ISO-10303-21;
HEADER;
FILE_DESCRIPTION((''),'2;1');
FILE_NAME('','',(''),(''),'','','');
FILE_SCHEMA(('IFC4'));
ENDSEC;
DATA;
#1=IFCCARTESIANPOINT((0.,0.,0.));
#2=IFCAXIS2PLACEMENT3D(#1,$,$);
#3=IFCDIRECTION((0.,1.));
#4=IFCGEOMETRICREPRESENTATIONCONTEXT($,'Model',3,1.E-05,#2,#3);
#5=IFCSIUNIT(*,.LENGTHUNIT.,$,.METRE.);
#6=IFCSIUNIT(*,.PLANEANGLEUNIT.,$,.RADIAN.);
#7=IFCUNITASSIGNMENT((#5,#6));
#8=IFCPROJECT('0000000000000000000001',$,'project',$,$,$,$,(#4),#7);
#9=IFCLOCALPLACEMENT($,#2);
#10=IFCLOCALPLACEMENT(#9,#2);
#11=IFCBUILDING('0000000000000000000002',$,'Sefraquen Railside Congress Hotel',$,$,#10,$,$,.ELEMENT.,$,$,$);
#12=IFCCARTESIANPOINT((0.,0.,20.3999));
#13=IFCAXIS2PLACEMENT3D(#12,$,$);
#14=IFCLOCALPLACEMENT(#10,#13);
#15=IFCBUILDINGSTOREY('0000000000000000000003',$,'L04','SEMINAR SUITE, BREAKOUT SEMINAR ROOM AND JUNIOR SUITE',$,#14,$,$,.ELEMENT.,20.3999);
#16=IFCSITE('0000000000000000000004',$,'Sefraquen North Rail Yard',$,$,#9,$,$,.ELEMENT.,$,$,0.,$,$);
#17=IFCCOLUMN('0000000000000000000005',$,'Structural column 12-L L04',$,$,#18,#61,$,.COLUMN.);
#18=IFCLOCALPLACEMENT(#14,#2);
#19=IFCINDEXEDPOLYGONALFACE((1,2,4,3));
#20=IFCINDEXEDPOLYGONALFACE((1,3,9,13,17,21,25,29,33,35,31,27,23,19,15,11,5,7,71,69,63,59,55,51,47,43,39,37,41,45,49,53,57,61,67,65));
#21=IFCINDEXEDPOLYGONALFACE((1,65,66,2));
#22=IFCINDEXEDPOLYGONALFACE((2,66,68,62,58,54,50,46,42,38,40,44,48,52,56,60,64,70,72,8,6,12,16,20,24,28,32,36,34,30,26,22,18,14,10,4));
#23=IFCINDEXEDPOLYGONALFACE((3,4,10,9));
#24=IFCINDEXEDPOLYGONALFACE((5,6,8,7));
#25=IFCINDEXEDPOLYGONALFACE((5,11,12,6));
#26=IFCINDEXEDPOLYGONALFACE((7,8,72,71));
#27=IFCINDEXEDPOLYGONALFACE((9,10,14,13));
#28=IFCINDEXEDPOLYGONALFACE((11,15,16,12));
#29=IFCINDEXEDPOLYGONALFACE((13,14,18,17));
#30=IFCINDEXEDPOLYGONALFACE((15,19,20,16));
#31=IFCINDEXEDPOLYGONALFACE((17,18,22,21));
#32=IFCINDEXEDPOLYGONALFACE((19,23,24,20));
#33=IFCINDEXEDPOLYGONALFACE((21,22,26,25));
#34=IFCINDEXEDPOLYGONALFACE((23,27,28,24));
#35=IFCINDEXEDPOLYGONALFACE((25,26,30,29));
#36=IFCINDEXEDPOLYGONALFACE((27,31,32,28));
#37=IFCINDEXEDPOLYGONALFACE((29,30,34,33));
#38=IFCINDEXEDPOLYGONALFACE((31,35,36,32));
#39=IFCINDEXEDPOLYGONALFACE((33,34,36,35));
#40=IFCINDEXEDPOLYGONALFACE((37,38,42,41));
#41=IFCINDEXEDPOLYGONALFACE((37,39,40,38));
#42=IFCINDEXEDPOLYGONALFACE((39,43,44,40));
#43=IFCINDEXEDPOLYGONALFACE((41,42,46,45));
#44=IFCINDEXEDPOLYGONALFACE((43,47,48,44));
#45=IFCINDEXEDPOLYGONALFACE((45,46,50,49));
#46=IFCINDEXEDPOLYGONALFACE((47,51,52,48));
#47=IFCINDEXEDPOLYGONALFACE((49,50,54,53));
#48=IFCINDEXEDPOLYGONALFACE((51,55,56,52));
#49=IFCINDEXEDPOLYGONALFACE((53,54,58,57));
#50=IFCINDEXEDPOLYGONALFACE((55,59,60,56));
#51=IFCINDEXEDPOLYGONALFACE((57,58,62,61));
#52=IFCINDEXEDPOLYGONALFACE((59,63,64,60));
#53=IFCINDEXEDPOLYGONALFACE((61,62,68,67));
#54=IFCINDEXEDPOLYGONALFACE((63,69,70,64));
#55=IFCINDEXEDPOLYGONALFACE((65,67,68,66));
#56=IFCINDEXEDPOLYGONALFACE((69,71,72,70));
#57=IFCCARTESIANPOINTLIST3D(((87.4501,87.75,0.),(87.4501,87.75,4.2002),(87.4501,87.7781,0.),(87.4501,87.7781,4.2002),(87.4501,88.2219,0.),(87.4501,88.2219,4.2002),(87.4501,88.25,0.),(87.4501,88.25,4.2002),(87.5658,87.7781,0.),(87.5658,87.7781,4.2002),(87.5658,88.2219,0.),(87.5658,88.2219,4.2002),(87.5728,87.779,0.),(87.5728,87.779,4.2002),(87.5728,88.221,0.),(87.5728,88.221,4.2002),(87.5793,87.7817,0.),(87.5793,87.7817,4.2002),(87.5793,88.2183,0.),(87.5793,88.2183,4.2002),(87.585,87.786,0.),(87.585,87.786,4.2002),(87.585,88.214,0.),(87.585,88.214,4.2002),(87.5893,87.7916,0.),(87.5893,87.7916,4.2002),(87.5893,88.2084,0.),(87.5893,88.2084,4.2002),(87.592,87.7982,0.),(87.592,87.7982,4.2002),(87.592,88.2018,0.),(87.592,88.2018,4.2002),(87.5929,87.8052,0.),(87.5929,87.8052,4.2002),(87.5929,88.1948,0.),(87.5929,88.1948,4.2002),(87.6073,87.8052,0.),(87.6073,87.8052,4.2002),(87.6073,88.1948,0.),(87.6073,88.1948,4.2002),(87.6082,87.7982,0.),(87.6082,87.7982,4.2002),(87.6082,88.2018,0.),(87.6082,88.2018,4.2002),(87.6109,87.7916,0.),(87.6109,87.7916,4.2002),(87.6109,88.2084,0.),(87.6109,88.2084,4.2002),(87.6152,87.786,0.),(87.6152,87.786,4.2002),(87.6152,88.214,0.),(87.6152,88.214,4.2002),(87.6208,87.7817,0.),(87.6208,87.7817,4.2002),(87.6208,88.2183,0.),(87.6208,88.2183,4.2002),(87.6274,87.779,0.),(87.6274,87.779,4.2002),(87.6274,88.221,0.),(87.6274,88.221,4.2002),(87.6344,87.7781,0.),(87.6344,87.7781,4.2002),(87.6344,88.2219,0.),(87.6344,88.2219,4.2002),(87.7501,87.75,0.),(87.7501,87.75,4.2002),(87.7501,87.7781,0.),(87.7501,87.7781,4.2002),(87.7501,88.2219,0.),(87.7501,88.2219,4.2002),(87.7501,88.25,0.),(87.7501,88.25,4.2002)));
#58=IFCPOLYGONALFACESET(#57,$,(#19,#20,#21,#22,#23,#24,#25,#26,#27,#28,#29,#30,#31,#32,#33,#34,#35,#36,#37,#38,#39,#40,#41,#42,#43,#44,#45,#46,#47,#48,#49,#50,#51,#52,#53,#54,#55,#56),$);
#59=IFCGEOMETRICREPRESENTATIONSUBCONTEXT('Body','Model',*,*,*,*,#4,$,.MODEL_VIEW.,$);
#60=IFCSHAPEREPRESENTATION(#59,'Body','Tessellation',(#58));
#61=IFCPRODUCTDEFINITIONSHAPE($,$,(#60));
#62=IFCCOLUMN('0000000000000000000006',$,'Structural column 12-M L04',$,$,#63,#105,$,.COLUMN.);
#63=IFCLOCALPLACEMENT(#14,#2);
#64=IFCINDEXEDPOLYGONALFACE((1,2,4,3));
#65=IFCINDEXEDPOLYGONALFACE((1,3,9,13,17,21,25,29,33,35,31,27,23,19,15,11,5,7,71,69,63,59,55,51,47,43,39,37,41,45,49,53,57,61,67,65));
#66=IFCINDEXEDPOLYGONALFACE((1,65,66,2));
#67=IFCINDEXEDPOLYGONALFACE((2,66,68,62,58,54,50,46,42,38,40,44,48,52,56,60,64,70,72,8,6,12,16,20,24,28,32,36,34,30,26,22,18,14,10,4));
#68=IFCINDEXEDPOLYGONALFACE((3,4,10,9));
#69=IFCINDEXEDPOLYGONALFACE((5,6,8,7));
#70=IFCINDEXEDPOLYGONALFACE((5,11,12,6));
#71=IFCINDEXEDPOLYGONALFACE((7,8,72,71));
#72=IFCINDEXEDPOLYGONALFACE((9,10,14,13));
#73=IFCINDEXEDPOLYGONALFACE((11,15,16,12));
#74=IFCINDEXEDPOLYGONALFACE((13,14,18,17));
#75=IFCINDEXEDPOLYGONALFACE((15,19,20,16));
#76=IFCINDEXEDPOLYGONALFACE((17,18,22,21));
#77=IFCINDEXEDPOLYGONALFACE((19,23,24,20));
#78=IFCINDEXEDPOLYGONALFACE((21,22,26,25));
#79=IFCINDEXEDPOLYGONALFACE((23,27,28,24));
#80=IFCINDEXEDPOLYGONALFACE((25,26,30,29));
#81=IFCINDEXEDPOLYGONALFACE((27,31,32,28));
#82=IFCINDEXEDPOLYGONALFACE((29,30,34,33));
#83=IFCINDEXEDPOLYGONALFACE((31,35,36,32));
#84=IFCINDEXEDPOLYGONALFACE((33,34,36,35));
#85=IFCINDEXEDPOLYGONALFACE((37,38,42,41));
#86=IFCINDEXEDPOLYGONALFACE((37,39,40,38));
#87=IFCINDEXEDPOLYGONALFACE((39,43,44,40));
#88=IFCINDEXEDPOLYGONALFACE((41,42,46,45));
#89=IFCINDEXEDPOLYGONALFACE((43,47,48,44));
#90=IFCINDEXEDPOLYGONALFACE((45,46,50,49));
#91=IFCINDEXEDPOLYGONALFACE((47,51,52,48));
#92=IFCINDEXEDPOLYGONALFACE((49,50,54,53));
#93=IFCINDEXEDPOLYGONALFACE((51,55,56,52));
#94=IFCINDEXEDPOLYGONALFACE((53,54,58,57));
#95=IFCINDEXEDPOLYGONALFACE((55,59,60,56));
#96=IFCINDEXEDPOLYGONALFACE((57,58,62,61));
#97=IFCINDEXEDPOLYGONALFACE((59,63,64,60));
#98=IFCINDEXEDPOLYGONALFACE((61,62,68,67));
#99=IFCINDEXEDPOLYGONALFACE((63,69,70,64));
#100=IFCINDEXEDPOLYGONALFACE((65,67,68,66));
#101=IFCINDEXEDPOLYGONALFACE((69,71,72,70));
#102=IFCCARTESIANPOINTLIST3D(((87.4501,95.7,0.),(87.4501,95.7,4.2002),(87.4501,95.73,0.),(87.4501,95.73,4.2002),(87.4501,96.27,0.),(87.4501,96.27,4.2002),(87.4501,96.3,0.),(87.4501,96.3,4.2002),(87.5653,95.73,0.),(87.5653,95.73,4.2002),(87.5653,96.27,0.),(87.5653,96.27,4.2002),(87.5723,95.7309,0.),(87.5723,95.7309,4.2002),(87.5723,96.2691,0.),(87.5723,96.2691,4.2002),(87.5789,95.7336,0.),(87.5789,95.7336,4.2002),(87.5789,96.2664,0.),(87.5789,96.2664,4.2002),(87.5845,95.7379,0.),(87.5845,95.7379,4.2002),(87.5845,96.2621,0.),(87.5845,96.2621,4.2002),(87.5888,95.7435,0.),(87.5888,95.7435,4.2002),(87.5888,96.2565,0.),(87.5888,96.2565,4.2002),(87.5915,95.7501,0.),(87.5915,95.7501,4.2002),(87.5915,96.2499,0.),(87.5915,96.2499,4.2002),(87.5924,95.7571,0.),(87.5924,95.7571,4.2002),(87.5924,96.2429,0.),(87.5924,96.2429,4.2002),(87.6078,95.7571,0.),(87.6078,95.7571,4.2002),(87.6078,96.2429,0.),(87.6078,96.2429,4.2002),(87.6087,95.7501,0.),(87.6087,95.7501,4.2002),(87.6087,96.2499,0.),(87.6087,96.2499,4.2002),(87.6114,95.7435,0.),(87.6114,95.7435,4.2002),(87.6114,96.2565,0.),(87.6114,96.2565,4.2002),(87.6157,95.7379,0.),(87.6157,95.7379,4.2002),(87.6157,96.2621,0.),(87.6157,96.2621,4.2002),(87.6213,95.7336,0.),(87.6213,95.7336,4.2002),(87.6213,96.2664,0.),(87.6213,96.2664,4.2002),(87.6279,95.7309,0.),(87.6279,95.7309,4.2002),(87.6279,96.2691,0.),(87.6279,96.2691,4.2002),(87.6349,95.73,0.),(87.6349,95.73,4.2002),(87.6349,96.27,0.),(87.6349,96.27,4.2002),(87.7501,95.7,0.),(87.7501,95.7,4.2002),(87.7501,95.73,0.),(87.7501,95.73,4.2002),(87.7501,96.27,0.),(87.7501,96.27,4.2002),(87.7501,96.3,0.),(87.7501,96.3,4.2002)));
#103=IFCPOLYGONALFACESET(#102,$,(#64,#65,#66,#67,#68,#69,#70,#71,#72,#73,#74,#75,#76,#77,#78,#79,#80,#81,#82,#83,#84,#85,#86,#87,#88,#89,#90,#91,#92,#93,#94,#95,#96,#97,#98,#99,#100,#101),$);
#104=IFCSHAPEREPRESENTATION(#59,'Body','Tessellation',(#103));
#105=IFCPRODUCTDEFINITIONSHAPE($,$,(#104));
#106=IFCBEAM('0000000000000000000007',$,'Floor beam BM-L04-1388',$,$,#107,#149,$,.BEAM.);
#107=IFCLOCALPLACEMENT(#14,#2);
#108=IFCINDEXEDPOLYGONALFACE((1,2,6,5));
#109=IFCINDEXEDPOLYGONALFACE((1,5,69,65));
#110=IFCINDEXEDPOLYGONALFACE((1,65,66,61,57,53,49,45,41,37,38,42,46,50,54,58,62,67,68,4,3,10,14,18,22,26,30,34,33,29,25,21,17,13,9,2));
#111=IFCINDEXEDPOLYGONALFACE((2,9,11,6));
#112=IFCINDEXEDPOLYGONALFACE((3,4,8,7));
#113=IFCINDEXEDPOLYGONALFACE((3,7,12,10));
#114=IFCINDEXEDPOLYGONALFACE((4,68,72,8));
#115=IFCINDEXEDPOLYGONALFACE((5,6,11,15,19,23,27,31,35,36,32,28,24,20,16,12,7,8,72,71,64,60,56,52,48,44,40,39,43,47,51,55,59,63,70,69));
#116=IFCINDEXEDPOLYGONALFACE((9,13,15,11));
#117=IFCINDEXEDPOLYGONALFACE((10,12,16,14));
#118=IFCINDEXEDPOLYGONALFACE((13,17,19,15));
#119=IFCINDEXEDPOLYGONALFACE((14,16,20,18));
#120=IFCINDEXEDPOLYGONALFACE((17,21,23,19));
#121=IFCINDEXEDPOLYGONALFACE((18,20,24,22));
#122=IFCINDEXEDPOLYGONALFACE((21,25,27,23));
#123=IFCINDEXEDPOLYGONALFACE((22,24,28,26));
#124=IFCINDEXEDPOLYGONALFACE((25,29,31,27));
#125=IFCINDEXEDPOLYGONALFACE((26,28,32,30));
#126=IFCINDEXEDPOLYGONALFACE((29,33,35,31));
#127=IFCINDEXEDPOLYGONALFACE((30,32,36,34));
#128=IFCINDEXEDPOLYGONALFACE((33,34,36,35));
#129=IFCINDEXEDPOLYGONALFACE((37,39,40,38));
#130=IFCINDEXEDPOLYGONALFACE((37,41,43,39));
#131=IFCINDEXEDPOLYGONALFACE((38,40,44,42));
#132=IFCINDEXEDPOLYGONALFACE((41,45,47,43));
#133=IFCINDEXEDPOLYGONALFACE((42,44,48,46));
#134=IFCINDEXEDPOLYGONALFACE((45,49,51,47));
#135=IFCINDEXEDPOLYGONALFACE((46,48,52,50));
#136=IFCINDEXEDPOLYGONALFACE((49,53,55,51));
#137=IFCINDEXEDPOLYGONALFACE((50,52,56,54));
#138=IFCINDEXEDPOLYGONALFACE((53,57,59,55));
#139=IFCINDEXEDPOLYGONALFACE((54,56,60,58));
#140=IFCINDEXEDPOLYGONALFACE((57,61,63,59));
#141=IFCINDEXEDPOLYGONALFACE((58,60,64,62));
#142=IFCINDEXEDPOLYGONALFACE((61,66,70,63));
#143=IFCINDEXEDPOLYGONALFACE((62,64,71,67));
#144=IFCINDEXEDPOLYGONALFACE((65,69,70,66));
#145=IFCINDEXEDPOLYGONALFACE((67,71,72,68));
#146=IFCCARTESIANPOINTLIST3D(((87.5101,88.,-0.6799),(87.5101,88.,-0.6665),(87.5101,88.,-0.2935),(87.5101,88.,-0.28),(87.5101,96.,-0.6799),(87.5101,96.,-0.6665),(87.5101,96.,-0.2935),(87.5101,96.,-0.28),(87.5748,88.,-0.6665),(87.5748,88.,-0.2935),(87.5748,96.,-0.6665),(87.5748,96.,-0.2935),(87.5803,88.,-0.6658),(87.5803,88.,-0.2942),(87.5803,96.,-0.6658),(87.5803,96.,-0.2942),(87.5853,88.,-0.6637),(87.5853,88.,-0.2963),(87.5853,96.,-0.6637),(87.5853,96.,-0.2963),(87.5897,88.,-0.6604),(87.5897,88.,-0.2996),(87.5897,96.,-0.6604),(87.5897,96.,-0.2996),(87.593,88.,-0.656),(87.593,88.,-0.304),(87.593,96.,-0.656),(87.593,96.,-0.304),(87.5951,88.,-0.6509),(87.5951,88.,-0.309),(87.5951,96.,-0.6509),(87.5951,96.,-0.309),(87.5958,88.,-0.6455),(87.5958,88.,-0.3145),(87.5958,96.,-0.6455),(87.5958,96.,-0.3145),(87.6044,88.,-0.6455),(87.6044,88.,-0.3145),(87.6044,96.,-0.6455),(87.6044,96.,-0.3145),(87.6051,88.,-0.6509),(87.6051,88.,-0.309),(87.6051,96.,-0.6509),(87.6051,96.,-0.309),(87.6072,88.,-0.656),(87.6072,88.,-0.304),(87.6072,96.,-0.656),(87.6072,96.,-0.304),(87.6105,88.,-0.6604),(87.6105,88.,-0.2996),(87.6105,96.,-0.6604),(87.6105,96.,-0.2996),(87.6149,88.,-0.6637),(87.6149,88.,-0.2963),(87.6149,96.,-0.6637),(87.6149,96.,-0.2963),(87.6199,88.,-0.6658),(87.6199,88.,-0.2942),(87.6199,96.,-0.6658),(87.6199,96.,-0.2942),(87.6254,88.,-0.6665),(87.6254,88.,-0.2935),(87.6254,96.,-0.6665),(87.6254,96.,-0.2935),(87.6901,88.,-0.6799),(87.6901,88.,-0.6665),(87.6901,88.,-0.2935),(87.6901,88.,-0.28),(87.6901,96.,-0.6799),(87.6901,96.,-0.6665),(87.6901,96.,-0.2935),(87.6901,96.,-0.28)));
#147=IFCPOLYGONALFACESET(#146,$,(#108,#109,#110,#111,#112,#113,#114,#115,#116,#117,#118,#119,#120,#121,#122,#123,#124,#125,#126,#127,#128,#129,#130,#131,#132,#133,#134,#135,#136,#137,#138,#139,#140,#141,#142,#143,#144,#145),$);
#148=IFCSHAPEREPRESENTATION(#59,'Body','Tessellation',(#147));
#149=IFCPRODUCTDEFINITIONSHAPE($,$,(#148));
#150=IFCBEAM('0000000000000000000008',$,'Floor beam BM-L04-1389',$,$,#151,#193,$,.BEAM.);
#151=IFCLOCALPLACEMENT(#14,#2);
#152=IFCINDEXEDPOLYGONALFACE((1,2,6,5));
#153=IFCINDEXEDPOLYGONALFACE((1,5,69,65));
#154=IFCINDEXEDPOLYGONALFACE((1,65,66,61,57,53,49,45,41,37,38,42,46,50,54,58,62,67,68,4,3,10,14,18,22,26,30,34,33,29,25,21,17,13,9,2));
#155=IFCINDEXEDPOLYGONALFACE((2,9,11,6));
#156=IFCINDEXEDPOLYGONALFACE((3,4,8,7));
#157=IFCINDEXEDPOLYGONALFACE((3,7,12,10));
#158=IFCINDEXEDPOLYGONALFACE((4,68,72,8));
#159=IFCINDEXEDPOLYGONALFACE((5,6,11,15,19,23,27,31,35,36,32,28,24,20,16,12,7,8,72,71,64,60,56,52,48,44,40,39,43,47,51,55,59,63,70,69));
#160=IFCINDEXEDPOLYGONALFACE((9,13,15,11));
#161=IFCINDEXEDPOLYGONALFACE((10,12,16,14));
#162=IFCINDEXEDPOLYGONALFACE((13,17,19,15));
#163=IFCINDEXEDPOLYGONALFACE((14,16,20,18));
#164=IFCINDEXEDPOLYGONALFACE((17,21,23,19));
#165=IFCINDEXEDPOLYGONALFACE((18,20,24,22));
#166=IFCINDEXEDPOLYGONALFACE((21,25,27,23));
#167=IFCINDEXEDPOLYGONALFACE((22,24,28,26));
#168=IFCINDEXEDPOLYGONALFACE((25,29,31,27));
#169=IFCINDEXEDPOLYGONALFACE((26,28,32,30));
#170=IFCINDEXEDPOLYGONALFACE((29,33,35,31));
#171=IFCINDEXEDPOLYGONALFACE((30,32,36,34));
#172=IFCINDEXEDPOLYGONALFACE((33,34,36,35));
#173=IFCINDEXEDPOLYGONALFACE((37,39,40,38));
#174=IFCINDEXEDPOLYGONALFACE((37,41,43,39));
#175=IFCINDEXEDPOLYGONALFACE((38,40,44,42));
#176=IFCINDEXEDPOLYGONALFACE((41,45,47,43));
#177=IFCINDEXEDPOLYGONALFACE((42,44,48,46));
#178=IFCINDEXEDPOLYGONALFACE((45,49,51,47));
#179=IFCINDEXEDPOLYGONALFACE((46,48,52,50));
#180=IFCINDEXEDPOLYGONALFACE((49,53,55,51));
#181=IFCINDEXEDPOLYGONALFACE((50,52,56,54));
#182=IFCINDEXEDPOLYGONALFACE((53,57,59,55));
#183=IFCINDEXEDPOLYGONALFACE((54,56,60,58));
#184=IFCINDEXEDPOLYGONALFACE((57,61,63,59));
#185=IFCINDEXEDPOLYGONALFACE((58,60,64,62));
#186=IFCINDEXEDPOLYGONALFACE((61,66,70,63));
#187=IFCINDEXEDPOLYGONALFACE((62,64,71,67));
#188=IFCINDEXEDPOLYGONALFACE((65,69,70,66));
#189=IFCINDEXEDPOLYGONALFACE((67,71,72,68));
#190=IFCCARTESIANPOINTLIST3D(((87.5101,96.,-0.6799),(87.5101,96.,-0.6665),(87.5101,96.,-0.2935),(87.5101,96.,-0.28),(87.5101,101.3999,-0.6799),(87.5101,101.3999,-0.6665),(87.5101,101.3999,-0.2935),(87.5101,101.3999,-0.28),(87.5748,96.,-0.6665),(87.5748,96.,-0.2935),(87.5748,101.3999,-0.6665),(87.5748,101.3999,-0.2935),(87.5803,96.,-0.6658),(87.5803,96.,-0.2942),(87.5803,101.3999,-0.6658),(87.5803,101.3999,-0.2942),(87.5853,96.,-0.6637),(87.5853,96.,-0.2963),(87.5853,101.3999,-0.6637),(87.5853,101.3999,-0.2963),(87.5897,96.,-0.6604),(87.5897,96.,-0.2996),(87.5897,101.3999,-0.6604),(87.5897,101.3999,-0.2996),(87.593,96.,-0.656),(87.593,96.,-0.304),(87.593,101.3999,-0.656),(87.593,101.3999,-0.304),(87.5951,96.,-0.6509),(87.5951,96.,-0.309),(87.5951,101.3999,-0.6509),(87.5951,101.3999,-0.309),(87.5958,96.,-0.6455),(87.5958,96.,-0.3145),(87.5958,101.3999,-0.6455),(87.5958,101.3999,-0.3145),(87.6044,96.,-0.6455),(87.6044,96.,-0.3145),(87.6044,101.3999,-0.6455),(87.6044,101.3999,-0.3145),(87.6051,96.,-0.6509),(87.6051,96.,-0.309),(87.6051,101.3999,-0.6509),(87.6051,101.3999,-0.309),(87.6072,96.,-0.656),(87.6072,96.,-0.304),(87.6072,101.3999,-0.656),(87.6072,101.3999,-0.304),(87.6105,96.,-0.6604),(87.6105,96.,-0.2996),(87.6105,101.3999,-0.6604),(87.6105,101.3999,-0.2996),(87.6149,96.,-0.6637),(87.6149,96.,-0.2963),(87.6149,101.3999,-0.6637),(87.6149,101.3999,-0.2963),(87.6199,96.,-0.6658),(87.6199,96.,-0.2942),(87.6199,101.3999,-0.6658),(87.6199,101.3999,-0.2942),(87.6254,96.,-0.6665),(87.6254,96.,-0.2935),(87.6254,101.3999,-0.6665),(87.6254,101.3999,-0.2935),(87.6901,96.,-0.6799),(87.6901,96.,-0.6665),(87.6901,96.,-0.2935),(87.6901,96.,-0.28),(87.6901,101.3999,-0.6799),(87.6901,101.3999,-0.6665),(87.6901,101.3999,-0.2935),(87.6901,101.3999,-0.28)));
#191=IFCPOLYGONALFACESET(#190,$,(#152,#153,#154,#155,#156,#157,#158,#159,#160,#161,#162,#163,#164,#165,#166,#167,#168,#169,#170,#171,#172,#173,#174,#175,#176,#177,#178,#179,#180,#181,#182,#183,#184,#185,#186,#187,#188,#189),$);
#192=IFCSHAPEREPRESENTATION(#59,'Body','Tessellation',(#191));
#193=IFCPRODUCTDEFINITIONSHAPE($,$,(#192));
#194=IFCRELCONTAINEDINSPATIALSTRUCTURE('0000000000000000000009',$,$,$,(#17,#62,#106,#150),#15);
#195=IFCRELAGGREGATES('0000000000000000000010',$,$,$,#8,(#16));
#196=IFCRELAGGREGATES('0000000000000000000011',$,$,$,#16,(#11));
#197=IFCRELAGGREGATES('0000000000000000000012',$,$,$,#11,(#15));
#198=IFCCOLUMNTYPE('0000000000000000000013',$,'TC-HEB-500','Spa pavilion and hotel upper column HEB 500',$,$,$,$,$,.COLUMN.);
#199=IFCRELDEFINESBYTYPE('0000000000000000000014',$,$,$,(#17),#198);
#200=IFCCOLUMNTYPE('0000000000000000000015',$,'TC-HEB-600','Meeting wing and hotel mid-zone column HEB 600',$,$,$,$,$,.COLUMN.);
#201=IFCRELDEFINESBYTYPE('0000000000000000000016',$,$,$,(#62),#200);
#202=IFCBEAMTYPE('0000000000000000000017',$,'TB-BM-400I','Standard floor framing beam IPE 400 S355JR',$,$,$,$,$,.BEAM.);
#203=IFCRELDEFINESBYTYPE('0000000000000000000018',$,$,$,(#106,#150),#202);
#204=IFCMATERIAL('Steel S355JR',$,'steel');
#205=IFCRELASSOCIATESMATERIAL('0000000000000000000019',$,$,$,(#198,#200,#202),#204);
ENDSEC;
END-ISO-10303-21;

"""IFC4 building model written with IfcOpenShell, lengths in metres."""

from ifc_helpers import new_model, si_unit, direction, frame, origin, origin_2d, place, context, subcontext, project, spatial, i_section, extrude, material, material_profile, profile_set, type_object, element, save


model = new_model("IFC4")

# Units and contexts
model_context = context("Model", 3, precision=1e-05, world=origin(), true_north=direction((0.0, 1.0)))
body_context = subcontext(model_context, "Body", "Model", "MODEL_VIEW")
ifc_project = project(units=[si_unit("LENGTHUNIT", "METRE"), si_unit("PLANEANGLEUNIT", "RADIAN")], contexts=[model_context])

# Site, building, storey
site_placement = place(None, origin())
site = spatial("IfcSite", under=ifc_project, at=site_placement, Name="Sefraquen North Rail Yard", CompositionType="ELEMENT", RefElevation=0.0)
building_placement = place(site_placement, origin())
building = spatial("IfcBuilding", under=site, at=building_placement, Name="Sefraquen Railside Congress Hotel", CompositionType="ELEMENT")
storey_placement = place(building_placement, frame((0.0, 0.0, 20.3999)))
storey = spatial("IfcBuildingStorey", under=building, at=storey_placement, Name="L04", Description="SEMINAR SUITE, BREAKOUT SEMINAR ROOM AND JUNIOR SUITE", CompositionType="ELEMENT", Elevation=20.3999)

# Columns
ifc_material_1 = material(Name="Steel S355JR", Category="steel")
ifc_material_profile_1 = material_profile(ifc_material_1, i_section(OverallWidth=0.3, OverallDepth=0.5, WebThickness=0.0144, FlangeThickness=0.0281, FilletRadius=0.0271, at=origin_2d()), Name="HEB 500")
ifc_profile_set_1 = profile_set([ifc_material_profile_1], Name="Steel S355JR")
column_type_1 = type_object("IfcColumnType", Name="TC-HEB-500", Description="Spa pavilion and hotel upper column HEB 500", PredefinedType="COLUMN", material=ifc_profile_set_1)
column_1_placement = place(storey_placement, frame((87.6001, 88.0, 0.0), z_axis=(0.0, 0.0, 1.0), x_axis=(1.0, 0.0, 0.0)))
element("IfcColumn", 1, at=column_1_placement, inside=storey, type_object=column_type_1, Name="Structural column 12-L L04", PredefinedType="COLUMN", context=body_context, shape_type="SweptSolid", body=[
    extrude(i_section(OverallWidth=0.3, OverallDepth=0.5, WebThickness=0.0144, FlangeThickness=0.0281, FilletRadius=0.0271, at=origin_2d()), origin(), (0.0, 0.0, 1.0), 4.2002),
])
ifc_material_profile_2 = material_profile(ifc_material_1, i_section(OverallWidth=0.3, OverallDepth=0.6001, WebThickness=0.0154, FlangeThickness=0.03, FilletRadius=0.0271, at=origin_2d()), Name="HEB 600")
ifc_profile_set_2 = profile_set([ifc_material_profile_2], Name="Steel S355JR")
column_type_2 = type_object("IfcColumnType", Name="TC-HEB-600", Description="Meeting wing and hotel mid-zone column HEB 600", PredefinedType="COLUMN", material=ifc_profile_set_2)
column_2_placement = place(storey_placement, frame((87.6001, 96.0, 0.0), z_axis=(0.0, 0.0, 1.0), x_axis=(1.0, 0.0, 0.0)))
element("IfcColumn", 2, at=column_2_placement, inside=storey, type_object=column_type_2, Name="Structural column 12-M L04", PredefinedType="COLUMN", context=body_context, shape_type="SweptSolid", body=[
    extrude(i_section(OverallWidth=0.3, OverallDepth=0.6001, WebThickness=0.0154, FlangeThickness=0.03, FilletRadius=0.0271, at=origin_2d()), origin(), (0.0, 0.0, 1.0), 4.2002),
])

# Beams
ifc_material_profile_3 = material_profile(ifc_material_1, i_section(OverallWidth=0.1799, OverallDepth=0.3999, WebThickness=0.0085, FlangeThickness=0.0134, FilletRadius=0.021, at=origin_2d()), Name="IPE 400")
ifc_profile_set_3 = profile_set([ifc_material_profile_3], Name="Steel S355JR")
beam_type_1 = type_object("IfcBeamType", Name="TB-BM-400I", Description="Standard floor framing beam IPE 400 S355JR", PredefinedType="BEAM", material=ifc_profile_set_3)
beam_1_placement = place(storey_placement, frame((87.6001, 88.0, -0.48), z_axis=(0.0, 1.0, 0.0), x_axis=(-1.0, 0.0, 0.0)))
element("IfcBeam", 3, at=beam_1_placement, inside=storey, type_object=beam_type_1, Name="Floor beam BM-L04-1388", PredefinedType="BEAM", context=body_context, shape_type="SweptSolid", body=[
    extrude(i_section(OverallWidth=0.1799, OverallDepth=0.3999, WebThickness=0.0085, FlangeThickness=0.0134, FilletRadius=0.021, at=origin_2d()), origin(), (0.0, 0.0, 1.0), 8.0),
])
beam_2_placement = place(storey_placement, frame((87.6001, 96.0, -0.48), z_axis=(0.0, 1.0, 0.0), x_axis=(-1.0, 0.0, 0.0)))
element("IfcBeam", 4, at=beam_2_placement, inside=storey, type_object=beam_type_1, Name="Floor beam BM-L04-1389", PredefinedType="BEAM", context=body_context, shape_type="SweptSolid", body=[
    extrude(i_section(OverallWidth=0.1799, OverallDepth=0.3999, WebThickness=0.0085, FlangeThickness=0.0134, FilletRadius=0.021, at=origin_2d()), origin(), (0.0, 0.0, 1.0), 5.3999),
])

save(model, "model.ifc")
